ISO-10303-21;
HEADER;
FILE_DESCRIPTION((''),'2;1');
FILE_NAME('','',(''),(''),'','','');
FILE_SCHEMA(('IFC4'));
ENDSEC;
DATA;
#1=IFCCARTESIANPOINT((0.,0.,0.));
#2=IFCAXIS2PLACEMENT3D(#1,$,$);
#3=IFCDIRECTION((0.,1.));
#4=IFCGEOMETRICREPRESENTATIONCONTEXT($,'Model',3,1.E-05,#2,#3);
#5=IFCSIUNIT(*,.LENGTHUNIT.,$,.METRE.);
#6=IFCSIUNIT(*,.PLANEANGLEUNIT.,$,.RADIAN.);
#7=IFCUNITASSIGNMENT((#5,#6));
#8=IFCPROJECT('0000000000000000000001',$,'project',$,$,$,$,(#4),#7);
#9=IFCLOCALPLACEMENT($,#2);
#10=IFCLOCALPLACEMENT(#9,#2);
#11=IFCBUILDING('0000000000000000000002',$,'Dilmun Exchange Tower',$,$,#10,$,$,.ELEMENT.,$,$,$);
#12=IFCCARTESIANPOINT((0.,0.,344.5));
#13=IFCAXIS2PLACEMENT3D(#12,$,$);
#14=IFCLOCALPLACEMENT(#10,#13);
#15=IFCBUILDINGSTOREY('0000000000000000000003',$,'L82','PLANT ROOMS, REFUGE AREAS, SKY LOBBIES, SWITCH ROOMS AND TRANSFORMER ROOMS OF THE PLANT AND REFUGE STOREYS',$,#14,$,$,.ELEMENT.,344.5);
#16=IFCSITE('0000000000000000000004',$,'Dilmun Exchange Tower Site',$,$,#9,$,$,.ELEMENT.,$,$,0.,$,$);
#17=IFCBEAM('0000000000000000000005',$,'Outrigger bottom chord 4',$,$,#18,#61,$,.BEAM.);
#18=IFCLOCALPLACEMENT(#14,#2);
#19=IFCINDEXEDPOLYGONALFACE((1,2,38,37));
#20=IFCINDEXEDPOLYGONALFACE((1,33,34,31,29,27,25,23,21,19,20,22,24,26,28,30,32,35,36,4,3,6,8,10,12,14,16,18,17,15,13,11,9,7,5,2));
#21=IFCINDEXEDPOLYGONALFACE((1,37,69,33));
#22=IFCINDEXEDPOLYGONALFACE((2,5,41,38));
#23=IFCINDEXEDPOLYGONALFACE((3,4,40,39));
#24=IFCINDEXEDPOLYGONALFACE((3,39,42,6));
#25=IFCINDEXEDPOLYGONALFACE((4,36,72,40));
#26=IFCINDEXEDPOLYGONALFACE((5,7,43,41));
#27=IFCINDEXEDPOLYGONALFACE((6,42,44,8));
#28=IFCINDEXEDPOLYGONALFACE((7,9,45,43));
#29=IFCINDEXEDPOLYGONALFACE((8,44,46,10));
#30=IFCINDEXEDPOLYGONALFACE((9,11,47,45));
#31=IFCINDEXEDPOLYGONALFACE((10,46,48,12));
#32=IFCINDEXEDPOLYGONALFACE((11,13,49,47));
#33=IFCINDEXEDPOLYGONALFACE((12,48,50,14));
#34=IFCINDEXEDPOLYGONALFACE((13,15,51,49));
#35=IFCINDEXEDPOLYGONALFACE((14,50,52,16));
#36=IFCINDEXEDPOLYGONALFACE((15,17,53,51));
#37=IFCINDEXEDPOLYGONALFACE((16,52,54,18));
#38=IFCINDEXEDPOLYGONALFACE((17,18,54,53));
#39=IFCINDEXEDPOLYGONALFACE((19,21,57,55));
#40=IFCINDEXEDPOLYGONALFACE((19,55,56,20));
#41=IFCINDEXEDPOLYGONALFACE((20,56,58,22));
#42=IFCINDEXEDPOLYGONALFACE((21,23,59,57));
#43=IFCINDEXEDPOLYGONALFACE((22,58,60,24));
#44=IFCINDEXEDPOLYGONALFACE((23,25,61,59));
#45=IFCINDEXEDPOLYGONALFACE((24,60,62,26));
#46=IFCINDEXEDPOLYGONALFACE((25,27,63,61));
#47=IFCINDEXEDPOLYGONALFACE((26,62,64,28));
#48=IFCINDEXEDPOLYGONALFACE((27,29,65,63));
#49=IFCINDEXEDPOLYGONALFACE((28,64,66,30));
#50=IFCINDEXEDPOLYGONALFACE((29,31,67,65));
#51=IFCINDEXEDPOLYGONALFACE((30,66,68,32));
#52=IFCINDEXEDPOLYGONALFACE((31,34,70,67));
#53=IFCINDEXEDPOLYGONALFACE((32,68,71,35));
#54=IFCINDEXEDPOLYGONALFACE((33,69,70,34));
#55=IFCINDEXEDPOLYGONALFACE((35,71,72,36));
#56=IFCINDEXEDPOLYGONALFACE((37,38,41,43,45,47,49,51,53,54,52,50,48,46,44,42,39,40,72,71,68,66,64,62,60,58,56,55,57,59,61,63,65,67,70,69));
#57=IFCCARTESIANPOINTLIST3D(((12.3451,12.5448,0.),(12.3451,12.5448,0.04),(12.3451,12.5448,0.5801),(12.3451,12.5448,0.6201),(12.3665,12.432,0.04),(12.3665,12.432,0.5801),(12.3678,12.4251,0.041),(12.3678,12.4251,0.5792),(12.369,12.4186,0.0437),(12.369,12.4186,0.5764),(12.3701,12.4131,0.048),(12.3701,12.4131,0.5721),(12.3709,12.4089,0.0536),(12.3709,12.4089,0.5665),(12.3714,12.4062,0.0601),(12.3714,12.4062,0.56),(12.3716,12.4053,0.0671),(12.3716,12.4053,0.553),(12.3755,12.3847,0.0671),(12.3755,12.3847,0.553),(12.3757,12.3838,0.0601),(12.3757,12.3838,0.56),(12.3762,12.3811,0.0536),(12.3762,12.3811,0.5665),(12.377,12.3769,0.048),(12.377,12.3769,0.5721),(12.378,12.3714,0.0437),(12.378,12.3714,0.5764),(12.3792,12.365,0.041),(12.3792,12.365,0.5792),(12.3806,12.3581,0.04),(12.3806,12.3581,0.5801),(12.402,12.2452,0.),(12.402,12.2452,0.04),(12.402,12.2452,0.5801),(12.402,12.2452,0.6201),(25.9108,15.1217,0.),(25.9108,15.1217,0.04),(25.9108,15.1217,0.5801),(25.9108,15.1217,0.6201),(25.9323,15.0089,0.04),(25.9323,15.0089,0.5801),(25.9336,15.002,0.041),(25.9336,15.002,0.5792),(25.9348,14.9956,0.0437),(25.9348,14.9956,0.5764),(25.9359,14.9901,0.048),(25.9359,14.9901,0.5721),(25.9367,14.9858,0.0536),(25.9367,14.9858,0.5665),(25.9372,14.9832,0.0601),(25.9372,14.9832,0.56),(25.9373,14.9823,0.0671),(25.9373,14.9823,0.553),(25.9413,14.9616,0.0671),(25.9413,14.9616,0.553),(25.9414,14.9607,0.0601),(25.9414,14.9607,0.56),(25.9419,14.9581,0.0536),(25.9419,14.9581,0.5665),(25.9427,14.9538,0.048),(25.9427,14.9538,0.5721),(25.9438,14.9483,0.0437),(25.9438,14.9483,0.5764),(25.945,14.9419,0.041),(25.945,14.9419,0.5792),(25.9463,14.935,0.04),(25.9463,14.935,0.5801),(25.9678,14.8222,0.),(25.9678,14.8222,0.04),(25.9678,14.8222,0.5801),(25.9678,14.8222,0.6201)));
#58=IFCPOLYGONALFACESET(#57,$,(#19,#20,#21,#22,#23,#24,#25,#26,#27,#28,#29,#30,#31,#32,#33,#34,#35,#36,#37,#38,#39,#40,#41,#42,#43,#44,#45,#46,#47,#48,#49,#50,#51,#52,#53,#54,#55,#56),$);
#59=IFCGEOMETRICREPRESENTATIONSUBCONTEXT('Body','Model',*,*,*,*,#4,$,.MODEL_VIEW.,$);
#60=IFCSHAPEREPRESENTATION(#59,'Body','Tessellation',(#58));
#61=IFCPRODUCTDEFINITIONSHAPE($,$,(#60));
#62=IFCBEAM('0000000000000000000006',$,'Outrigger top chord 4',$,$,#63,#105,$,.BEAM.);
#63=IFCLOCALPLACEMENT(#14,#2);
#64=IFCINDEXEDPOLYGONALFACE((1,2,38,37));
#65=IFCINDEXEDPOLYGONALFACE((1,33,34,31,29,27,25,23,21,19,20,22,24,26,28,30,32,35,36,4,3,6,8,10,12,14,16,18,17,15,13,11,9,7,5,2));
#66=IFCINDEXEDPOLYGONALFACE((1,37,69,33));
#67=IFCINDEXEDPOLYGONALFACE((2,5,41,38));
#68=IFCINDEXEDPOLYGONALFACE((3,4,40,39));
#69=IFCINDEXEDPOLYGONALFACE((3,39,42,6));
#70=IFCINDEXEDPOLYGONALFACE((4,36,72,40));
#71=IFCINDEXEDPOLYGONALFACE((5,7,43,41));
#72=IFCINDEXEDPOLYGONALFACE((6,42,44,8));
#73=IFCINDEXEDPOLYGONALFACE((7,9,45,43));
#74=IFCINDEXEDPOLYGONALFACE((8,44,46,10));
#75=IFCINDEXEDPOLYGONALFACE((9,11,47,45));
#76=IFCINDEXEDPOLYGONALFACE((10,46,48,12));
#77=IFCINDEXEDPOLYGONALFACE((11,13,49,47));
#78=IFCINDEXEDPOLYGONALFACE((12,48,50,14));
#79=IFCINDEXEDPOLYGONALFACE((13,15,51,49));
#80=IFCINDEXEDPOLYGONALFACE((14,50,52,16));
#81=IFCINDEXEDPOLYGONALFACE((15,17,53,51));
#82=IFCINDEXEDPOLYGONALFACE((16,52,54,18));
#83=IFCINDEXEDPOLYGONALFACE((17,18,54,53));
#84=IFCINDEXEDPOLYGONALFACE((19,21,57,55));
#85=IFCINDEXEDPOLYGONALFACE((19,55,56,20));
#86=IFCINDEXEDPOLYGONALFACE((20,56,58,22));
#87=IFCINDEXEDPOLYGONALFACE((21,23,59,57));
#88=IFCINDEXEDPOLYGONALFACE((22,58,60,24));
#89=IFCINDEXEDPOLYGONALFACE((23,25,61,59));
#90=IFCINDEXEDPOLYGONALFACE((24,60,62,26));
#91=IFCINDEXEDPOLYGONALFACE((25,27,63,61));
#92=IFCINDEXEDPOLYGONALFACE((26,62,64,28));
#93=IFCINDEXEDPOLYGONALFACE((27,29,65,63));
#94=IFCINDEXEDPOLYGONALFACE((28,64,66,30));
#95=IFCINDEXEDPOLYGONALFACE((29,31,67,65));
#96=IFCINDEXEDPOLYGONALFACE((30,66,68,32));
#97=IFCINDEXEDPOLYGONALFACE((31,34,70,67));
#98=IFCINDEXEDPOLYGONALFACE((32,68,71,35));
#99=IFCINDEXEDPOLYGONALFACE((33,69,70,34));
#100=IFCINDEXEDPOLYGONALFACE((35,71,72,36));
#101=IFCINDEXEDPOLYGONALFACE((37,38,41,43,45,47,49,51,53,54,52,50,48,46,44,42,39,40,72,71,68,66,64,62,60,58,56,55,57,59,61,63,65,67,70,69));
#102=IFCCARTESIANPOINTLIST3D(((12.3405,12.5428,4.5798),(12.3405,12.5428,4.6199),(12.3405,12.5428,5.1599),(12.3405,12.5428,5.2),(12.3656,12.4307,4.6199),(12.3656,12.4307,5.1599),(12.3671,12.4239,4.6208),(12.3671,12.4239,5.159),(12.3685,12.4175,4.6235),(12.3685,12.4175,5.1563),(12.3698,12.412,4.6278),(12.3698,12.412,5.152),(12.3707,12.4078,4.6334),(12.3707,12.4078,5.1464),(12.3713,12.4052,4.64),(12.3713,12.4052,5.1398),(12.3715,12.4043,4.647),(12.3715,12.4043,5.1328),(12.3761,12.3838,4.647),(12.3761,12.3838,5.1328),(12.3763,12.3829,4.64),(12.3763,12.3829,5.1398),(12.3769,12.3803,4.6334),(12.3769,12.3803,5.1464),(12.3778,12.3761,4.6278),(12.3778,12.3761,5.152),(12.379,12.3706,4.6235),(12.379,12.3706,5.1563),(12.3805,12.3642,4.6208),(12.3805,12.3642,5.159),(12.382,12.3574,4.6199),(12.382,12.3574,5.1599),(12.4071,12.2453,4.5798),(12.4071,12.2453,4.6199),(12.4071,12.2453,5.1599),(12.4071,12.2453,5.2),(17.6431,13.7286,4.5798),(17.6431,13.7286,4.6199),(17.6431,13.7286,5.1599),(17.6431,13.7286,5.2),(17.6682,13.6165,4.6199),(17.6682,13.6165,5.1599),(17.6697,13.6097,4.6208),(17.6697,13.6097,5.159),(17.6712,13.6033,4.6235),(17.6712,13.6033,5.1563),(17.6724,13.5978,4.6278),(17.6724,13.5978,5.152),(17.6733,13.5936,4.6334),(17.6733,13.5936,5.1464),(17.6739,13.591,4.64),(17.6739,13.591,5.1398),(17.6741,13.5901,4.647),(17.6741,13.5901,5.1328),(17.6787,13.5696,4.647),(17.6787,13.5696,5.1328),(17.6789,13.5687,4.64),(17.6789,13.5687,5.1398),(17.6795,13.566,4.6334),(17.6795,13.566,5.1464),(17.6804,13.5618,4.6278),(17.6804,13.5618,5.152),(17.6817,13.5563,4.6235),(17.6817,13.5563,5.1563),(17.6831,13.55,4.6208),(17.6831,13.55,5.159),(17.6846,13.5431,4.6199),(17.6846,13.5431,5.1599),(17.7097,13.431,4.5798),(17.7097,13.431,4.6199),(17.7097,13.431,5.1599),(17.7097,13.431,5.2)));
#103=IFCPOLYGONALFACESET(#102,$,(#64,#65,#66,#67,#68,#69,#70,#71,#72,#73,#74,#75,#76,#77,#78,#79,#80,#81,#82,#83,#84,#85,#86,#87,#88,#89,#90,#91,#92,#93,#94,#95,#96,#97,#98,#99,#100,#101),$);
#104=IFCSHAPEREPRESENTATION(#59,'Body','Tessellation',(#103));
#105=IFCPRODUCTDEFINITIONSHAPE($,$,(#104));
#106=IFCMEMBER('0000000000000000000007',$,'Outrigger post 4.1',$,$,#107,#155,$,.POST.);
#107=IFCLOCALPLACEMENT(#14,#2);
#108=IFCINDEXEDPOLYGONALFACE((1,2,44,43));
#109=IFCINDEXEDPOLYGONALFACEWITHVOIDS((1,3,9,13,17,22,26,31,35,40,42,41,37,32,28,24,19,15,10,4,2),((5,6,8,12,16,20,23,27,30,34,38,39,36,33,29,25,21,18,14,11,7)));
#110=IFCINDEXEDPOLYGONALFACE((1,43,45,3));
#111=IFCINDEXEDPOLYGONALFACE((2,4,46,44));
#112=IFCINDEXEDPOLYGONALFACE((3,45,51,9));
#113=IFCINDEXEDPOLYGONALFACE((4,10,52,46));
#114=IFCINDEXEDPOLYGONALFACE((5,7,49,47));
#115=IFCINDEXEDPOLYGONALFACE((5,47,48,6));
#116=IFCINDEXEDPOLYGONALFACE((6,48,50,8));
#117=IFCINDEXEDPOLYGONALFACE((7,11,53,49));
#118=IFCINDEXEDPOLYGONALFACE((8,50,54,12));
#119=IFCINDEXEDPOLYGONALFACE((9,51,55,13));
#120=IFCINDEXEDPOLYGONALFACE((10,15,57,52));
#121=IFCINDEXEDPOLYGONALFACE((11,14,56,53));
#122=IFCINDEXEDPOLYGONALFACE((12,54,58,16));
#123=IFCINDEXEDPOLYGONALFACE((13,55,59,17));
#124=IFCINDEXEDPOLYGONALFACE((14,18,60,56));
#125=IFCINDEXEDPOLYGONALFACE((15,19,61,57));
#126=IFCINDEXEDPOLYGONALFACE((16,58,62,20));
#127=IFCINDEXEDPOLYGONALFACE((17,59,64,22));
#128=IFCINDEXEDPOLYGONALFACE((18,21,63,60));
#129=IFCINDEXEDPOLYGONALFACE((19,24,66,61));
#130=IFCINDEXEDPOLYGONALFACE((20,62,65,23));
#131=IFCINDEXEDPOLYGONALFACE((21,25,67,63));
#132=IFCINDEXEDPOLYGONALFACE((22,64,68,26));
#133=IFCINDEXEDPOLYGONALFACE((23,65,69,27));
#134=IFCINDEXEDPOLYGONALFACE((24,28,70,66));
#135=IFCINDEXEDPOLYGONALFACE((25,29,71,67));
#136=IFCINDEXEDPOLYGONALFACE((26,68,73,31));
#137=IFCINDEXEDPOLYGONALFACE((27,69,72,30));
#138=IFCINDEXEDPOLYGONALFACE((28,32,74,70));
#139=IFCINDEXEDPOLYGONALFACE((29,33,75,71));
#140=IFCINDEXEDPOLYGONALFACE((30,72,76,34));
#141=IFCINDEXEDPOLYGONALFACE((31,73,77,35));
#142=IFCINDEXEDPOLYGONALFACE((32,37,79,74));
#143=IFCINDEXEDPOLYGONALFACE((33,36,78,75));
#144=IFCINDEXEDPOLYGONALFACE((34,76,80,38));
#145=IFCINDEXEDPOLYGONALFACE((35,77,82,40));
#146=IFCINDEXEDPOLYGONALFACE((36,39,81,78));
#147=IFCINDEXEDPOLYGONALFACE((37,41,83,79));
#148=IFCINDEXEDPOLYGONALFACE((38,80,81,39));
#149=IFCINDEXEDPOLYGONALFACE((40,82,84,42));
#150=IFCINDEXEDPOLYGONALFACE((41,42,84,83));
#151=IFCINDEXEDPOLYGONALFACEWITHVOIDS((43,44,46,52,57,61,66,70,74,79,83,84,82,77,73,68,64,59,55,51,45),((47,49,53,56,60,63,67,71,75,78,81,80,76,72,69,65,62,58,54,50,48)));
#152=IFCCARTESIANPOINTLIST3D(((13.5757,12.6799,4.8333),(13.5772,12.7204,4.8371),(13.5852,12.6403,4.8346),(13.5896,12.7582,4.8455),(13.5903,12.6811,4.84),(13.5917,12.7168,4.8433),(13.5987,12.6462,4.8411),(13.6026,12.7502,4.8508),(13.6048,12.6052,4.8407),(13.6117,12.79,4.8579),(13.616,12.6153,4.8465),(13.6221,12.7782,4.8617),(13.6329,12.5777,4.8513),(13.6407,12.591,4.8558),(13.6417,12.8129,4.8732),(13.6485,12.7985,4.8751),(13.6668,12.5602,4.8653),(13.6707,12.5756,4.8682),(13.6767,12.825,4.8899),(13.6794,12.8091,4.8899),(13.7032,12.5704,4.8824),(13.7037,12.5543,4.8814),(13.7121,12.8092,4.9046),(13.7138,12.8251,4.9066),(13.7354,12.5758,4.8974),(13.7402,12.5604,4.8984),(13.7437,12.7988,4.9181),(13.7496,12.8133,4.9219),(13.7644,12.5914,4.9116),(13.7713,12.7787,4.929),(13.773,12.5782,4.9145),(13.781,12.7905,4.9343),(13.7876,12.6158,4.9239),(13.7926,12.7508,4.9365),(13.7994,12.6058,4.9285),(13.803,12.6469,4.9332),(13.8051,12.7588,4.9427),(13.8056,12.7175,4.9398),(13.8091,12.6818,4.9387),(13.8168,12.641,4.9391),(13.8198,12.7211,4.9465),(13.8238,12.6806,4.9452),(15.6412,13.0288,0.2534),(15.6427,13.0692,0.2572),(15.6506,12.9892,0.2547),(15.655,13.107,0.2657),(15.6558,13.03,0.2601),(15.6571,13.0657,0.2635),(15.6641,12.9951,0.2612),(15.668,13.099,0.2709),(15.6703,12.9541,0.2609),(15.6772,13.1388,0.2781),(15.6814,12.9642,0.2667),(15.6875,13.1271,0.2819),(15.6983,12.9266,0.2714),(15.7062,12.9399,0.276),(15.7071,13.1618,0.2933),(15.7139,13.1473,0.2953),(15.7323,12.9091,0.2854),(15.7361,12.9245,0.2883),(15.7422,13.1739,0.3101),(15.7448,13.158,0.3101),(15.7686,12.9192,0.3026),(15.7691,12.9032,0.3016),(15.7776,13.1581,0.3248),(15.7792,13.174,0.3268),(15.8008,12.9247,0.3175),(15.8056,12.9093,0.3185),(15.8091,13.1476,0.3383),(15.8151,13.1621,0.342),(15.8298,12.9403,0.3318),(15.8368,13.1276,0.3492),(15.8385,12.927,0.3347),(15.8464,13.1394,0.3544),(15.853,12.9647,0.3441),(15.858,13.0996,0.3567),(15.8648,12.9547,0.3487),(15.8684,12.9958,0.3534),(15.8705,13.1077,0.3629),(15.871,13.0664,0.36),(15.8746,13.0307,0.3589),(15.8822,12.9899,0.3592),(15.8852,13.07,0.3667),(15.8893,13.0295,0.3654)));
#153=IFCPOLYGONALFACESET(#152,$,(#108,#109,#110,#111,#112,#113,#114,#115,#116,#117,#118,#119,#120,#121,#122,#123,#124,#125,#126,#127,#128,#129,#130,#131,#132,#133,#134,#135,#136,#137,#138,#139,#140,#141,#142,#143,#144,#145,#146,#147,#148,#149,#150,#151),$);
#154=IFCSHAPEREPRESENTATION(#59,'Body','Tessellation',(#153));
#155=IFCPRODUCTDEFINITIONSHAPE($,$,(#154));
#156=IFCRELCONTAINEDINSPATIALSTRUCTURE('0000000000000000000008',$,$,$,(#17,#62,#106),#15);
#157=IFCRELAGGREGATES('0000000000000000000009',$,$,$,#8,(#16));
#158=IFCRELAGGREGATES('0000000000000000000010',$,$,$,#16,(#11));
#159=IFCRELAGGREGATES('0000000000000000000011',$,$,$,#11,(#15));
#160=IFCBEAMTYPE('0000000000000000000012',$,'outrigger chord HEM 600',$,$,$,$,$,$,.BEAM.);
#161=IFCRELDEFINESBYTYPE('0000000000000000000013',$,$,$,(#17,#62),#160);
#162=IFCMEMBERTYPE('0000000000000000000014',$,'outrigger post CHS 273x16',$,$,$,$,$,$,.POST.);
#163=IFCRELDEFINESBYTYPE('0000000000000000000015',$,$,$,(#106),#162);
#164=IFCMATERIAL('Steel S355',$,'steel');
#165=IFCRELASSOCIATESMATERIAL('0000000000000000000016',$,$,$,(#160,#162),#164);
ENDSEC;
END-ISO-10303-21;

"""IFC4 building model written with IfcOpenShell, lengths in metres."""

from ifc_helpers import new_model, si_unit, direction, frame, origin, origin_2d, place, context, subcontext, project, spatial, hollow_circle, i_section, extrude, material, material_profile, profile_set, type_object, element, save


model = new_model("IFC4")

# Units and contexts
model_context = context("Model", 3, precision=1e-05, world=origin(), true_north=direction((0.0, 1.0)))
body_context = subcontext(model_context, "Body", "Model", "MODEL_VIEW")
ifc_project = project(units=[si_unit("LENGTHUNIT", "METRE"), si_unit("PLANEANGLEUNIT", "RADIAN")], contexts=[model_context])

# Site, building, storey
site_placement = place(None, origin())
site = spatial("IfcSite", under=ifc_project, at=site_placement, Name="Dilmun Exchange Tower Site", CompositionType="ELEMENT", RefElevation=0.0)
building_placement = place(site_placement, origin())
building = spatial("IfcBuilding", under=site, at=building_placement, Name="Dilmun Exchange Tower", CompositionType="ELEMENT")
storey_placement = place(building_placement, frame((0.0, 0.0, 344.5)))
storey = spatial("IfcBuildingStorey", under=building, at=storey_placement, Name="L82", Description="PLANT ROOMS, REFUGE AREAS, SKY LOBBIES, SWITCH ROOMS AND TRANSFORMER ROOMS OF THE PLANT AND REFUGE STOREYS", CompositionType="ELEMENT", Elevation=344.5)

# Beams
ifc_material_1 = material(Name="Steel S355", Category="steel")
ifc_material_profile_1 = material_profile(ifc_material_1, i_section(OverallWidth=0.3049, OverallDepth=0.6201, WebThickness=0.021, FlangeThickness=0.04, FilletRadius=0.0271, at=origin_2d()), Name="HEM 600")
ifc_profile_set_1 = profile_set([ifc_material_profile_1], Name="Steel S355")
beam_type = type_object("IfcBeamType", Name="outrigger chord HEM 600", PredefinedType="BEAM", material=ifc_profile_set_1)
beam_1_placement = place(storey_placement, frame((12.3735, 12.395, 0.3101), z_axis=(0.982432, 0.186621, 0.0), x_axis=(-0.186621, 0.982432, 0.0)))
element("IfcBeam", 1, at=beam_1_placement, inside=storey, type_object=beam_type, Name="Outrigger bottom chord 4", PredefinedType="BEAM", context=body_context, shape_type="SweptSolid", body=[
    extrude(i_section(OverallWidth=0.3049, OverallDepth=0.6201, WebThickness=0.021, FlangeThickness=0.04, FilletRadius=0.0271, at=origin_2d()), origin(), (0.0, 0.0, 1.0), 13.8083),
])
beam_2_placement = place(storey_placement, frame((12.3738, 12.394, 4.8899), z_axis=(0.975898, 0.218229, 0.0), x_axis=(-0.218229, 0.975898, 0.0)))
element("IfcBeam", 2, at=beam_2_placement, inside=storey, type_object=beam_type, Name="Outrigger top chord 4", PredefinedType="BEAM", context=body_context, shape_type="SweptSolid", body=[
    extrude(i_section(OverallWidth=0.3049, OverallDepth=0.6201, WebThickness=0.021, FlangeThickness=0.04, FilletRadius=0.0271, at=origin_2d()), origin(), (0.0, 0.0, 1.0), 5.4336),
])

# Member
ifc_material_profile_2 = material_profile(ifc_material_1, hollow_circle(Radius=0.1365, WallThickness=0.0161, at=origin_2d()), Name="CHS 273x16")
ifc_profile_set_2 = profile_set([ifc_material_profile_2], Name="Steel S355")
member_type_1 = type_object("IfcMemberType", Name="outrigger post CHS 273x16", PredefinedType="POST", material=ifc_profile_set_2)
member_1_placement = place(storey_placement, frame((13.6995, 12.6904, 4.8899), z_axis=(0.410122, 0.069275, -0.909396), x_axis=(-0.166553, 0.986032, 0.0)))
element("IfcMember", 3, at=member_1_placement, inside=storey, type_object=member_type_1, Name="Outrigger post 4.1", PredefinedType="POST", context=body_context, shape_type="SweptSolid", body=[
    extrude(hollow_circle(Radius=0.1365, WallThickness=0.0161, at=origin_2d()), origin(), (0.0, 0.0, 1.0), 5.0361),
])

save(model, "model.ifc")
